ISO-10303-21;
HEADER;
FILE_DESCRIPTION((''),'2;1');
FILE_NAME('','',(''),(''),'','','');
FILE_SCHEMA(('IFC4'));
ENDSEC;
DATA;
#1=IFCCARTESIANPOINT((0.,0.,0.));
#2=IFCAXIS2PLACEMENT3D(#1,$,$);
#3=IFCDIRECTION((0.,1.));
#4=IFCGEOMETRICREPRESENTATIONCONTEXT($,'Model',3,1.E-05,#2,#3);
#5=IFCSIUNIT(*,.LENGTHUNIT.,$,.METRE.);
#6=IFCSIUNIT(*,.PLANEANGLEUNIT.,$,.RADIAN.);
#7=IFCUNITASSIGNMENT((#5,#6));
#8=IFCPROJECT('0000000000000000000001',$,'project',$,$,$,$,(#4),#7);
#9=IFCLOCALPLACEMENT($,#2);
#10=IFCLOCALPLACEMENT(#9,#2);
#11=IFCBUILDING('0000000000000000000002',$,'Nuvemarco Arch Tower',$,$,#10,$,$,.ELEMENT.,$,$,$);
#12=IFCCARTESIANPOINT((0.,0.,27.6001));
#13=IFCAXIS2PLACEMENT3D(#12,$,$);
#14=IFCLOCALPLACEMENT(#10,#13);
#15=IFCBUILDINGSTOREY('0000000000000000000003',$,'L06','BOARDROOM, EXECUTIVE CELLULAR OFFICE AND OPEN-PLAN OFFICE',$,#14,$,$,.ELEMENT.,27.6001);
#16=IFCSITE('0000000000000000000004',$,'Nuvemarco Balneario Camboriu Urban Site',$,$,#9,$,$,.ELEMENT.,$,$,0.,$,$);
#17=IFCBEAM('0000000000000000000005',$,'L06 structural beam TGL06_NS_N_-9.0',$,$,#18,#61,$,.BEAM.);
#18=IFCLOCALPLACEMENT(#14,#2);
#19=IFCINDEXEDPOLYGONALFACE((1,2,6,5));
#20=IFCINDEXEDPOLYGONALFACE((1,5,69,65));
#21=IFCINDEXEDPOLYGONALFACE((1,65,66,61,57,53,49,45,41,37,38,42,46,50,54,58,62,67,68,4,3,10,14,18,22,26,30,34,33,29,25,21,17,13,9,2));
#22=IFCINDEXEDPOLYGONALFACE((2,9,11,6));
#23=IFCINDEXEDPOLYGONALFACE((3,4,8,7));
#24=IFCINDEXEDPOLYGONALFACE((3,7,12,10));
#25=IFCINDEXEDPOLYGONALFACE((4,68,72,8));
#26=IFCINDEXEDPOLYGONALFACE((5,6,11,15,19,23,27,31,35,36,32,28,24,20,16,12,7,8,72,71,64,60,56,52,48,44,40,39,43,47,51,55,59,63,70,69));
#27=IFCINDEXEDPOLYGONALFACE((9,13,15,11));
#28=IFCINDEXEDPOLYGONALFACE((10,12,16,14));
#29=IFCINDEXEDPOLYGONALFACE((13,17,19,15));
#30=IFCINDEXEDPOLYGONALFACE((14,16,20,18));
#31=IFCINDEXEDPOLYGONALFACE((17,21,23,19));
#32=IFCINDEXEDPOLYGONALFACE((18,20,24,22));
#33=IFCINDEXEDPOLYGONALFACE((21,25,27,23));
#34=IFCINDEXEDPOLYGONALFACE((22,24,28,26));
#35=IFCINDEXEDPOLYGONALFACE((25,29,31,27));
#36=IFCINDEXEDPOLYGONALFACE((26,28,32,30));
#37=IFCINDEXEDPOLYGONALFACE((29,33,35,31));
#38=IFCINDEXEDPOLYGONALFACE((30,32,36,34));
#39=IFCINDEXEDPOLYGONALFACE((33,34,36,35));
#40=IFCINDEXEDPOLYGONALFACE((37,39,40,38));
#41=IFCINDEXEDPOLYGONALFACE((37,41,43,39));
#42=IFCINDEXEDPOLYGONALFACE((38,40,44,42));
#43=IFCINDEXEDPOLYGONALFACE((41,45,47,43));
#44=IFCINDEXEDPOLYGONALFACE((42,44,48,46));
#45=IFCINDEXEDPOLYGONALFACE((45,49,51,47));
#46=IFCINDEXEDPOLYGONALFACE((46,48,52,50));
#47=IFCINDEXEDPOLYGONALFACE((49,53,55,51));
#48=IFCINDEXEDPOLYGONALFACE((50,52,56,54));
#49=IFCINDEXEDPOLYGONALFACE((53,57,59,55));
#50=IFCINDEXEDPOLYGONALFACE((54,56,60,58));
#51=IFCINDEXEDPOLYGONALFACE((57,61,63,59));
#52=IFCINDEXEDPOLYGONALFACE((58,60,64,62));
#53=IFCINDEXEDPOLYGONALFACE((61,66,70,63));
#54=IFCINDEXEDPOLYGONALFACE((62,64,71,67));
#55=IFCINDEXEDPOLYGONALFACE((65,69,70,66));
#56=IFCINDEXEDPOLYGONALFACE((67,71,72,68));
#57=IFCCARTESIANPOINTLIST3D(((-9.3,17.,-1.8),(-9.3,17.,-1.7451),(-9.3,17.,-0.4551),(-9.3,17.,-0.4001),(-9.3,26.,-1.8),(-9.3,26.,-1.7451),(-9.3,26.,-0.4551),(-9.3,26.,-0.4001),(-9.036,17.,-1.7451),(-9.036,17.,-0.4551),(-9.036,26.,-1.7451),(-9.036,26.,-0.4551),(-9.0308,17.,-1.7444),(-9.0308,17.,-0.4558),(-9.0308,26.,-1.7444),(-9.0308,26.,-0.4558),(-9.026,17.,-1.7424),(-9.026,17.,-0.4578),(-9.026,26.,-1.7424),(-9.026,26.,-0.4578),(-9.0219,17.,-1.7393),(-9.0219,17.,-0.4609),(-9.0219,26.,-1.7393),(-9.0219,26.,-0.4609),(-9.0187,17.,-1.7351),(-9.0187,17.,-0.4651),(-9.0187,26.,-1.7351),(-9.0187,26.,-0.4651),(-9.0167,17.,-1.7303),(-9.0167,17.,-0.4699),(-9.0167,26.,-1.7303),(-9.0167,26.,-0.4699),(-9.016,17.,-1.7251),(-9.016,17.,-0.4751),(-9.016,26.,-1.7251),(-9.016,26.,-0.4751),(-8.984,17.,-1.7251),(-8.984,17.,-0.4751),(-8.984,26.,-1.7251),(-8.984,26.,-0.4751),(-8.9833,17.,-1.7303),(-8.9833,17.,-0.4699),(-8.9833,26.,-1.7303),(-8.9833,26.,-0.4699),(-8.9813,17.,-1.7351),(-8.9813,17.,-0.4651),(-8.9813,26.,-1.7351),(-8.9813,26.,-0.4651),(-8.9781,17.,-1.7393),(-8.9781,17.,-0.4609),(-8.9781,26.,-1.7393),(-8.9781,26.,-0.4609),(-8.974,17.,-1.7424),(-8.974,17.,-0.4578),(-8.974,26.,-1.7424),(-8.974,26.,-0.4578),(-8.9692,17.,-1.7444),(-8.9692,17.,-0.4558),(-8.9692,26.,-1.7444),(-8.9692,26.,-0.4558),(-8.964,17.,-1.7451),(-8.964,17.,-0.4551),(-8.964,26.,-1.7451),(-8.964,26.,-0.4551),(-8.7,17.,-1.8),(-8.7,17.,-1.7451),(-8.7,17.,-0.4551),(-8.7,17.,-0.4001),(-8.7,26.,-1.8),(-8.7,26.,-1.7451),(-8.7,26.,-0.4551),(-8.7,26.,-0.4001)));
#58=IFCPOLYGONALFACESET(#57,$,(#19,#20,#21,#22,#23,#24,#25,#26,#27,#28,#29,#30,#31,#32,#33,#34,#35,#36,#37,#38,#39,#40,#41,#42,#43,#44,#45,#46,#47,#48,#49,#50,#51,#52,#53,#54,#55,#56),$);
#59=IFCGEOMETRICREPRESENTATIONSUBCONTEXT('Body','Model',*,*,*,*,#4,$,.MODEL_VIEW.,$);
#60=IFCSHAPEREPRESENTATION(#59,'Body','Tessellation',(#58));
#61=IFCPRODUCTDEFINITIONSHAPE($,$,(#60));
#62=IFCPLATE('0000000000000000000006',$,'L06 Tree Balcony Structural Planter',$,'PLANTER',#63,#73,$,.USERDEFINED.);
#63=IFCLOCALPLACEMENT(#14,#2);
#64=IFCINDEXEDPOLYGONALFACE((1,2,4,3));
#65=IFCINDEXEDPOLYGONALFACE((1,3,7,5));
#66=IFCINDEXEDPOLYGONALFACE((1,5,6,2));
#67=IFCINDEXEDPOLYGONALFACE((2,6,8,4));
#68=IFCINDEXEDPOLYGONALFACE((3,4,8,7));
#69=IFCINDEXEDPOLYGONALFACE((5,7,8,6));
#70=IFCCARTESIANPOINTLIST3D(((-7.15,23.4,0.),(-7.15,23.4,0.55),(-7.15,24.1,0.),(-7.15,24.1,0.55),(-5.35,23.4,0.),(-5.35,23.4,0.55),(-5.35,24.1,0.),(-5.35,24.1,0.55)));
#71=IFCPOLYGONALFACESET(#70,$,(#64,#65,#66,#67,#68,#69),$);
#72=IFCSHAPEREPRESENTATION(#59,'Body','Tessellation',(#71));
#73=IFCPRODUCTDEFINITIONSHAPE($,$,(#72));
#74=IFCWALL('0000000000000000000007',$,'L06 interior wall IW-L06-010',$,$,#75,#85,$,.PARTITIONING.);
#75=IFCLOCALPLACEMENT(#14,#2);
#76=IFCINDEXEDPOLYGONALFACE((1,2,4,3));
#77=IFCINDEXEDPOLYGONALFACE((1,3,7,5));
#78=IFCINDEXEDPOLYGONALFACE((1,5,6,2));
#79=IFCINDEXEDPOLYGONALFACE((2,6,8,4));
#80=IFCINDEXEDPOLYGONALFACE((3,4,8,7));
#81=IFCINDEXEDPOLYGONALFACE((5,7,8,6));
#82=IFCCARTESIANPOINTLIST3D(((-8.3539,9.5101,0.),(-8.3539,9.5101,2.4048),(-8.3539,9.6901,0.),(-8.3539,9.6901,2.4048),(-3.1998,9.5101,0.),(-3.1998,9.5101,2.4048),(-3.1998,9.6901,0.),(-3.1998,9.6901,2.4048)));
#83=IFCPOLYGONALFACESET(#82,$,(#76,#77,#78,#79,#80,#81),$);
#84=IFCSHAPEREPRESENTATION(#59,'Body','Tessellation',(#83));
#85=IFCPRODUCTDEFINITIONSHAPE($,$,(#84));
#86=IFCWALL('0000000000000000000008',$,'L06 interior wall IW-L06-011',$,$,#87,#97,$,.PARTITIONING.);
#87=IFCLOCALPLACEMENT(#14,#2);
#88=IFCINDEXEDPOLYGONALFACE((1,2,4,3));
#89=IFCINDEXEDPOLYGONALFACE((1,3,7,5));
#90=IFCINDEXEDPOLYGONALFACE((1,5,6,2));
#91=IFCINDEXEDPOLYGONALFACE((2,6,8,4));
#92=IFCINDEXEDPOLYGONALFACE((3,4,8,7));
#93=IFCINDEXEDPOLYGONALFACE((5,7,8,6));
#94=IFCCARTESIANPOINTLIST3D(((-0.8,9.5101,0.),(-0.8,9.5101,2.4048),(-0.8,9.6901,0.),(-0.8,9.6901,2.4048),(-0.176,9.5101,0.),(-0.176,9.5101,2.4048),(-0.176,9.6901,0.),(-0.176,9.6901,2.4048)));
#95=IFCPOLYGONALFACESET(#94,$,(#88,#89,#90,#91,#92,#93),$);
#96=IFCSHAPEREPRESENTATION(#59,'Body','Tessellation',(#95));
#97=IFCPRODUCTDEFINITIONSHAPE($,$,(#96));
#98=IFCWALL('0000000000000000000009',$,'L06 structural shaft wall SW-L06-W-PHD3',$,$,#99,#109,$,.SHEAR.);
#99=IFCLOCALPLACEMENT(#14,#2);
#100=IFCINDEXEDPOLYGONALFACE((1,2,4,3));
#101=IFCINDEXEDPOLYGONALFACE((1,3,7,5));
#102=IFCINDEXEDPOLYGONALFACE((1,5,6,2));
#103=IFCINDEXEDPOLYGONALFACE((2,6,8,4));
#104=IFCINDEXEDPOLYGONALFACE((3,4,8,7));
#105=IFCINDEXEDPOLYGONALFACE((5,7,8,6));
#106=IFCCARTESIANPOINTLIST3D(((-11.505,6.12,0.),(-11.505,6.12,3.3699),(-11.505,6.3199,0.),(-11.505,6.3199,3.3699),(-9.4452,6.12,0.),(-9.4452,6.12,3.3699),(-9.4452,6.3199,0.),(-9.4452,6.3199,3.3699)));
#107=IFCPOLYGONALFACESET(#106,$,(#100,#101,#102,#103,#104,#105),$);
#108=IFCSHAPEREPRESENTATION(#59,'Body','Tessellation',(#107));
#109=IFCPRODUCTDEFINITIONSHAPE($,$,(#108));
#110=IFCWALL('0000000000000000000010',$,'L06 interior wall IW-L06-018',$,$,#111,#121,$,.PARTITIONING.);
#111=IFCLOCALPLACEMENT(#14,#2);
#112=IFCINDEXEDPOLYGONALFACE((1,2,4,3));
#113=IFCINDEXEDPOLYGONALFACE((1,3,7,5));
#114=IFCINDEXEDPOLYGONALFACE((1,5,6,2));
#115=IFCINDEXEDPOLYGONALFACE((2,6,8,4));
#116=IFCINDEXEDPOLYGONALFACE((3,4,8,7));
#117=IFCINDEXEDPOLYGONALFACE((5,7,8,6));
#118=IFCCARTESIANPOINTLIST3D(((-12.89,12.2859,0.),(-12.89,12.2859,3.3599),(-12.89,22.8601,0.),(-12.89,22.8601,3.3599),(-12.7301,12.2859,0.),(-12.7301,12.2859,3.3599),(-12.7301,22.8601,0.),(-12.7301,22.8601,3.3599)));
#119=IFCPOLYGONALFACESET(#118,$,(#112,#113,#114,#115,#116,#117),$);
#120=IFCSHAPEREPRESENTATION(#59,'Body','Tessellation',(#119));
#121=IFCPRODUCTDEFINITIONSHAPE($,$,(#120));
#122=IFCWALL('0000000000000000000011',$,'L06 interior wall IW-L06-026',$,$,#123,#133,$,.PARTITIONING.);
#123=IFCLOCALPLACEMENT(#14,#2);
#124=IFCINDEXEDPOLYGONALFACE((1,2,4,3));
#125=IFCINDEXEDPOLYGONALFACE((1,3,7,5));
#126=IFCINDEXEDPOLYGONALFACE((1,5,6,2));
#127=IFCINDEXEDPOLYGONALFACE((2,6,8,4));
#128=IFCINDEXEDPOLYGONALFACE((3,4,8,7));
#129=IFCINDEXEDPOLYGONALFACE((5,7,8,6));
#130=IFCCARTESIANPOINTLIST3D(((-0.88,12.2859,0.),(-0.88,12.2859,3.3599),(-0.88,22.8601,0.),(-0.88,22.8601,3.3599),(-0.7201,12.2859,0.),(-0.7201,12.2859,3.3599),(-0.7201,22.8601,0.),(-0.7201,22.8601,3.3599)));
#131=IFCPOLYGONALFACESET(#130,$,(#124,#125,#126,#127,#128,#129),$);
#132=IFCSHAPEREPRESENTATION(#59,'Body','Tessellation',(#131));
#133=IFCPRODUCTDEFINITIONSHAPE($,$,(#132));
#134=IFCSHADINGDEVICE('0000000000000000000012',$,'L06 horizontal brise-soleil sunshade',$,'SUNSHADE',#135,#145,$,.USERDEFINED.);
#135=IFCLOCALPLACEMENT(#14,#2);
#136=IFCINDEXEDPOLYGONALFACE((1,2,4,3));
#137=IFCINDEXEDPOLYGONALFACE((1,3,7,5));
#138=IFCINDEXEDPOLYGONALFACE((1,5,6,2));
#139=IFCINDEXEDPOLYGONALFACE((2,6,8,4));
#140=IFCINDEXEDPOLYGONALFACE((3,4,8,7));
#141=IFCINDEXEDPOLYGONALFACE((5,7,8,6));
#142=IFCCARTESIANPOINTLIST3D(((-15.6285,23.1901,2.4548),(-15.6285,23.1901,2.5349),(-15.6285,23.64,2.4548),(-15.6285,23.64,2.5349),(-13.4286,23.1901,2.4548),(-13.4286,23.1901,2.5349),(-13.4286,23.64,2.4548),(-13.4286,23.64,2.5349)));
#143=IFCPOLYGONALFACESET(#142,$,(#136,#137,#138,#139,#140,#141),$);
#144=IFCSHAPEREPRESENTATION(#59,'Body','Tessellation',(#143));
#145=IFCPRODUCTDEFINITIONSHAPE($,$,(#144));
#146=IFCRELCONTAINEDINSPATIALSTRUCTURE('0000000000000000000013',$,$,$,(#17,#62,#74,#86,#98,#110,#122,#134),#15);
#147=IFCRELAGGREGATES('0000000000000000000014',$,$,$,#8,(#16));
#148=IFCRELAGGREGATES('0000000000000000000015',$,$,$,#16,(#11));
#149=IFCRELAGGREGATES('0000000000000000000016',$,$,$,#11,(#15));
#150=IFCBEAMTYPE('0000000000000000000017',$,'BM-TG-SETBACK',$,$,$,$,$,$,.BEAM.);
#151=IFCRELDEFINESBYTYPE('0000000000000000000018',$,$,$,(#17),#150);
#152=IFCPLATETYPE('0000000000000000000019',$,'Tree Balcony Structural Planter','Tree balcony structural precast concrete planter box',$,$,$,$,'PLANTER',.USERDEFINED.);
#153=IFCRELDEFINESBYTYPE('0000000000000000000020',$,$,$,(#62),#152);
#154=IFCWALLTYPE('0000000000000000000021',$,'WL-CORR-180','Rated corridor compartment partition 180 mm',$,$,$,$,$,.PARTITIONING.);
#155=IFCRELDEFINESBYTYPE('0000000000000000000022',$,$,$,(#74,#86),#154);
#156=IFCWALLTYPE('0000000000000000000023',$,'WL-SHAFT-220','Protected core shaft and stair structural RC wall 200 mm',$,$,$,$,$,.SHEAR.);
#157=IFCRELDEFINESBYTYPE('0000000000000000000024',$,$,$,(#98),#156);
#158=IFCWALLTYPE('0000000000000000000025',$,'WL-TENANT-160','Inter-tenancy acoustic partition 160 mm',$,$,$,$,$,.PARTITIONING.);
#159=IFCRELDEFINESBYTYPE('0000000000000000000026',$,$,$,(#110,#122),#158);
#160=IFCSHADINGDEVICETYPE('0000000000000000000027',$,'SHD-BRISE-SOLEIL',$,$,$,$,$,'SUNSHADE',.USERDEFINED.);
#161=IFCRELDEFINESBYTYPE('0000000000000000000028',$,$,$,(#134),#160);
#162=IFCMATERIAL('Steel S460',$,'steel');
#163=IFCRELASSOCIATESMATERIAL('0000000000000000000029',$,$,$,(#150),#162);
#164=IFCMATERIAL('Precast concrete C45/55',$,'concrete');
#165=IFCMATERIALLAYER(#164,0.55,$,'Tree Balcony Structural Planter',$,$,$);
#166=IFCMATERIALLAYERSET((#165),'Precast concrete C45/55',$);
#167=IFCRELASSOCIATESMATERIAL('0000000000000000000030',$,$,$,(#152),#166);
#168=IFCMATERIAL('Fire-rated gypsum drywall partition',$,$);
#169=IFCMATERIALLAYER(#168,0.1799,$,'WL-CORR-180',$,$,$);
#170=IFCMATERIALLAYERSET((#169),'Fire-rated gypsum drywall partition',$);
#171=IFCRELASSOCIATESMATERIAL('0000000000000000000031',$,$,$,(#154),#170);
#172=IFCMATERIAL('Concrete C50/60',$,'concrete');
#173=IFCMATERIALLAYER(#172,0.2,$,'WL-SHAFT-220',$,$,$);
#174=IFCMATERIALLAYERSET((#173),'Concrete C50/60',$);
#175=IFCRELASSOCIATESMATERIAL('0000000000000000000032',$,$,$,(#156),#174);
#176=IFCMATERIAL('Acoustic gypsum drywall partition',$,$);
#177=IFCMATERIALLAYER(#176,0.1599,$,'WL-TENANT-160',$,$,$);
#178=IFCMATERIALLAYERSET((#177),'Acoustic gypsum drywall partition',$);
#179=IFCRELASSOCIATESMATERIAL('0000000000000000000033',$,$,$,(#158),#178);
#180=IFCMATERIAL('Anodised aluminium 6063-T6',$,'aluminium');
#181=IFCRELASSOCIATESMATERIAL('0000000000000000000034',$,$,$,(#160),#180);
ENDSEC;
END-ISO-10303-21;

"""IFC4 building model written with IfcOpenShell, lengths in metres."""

from ifc_helpers import new_model, si_unit, direction, frame, frame_2d, origin, origin_2d, place, context, subcontext, project, spatial, rectangle, i_section, extrude, source, transform, mapped, material, layer, layer_set, material_profile, profile_set, type_object, type_shapes, element, save


model = new_model("IFC4")

# Units and contexts
model_context = context("Model", 3, precision=1e-05, world=origin(), true_north=direction((0.0, 1.0)))
body_context = subcontext(model_context, "Body", "Model", "MODEL_VIEW")
ifc_project = project(units=[si_unit("LENGTHUNIT", "METRE"), si_unit("PLANEANGLEUNIT", "RADIAN")], contexts=[model_context])

# Site, building, storey
site_placement = place(None, origin())
site = spatial("IfcSite", under=ifc_project, at=site_placement, Name="Nuvemarco Balneario Camboriu Urban Site", CompositionType="ELEMENT", RefElevation=0.0)
building_placement = place(site_placement, origin())
building = spatial("IfcBuilding", under=site, at=building_placement, Name="Nuvemarco Arch Tower", CompositionType="ELEMENT")
storey_placement = place(building_placement, frame((0.0, 0.0, 27.6001)))
storey = spatial("IfcBuildingStorey", under=building, at=storey_placement, Name="L06", Description="BOARDROOM, EXECUTIVE CELLULAR OFFICE AND OPEN-PLAN OFFICE", CompositionType="ELEMENT", Elevation=27.6001)

# Shared definitions
ifc_material_1 = material(Name="Steel S460", Category="steel")

# Beam
ifc_material_2 = material(Name="Precast concrete C45/55", Category="concrete")
ifc_material_profile_1 = material_profile(ifc_material_1, i_section(OverallWidth=0.6001, OverallDepth=1.3999, WebThickness=0.032, FlangeThickness=0.0549, FilletRadius=0.02, at=origin_2d()), Name="PG1400x600")
ifc_profile_set_1 = profile_set([ifc_material_profile_1], Name="Steel S460")
beam_type_1 = type_object("IfcBeamType", Name="BM-TG-SETBACK", PredefinedType="BEAM", material=ifc_profile_set_1)
beam_1_placement = place(storey_placement, frame((-9.0, 17.0, -1.1001), z_axis=(0.0, 1.0, 0.0), x_axis=(-1.0, 0.0, 0.0)))
element("IfcBeam", 1, at=beam_1_placement, inside=storey, type_object=beam_type_1, Name="L06 structural beam TGL06_NS_N_-9.0", PredefinedType="BEAM", context=body_context, shape_type="SweptSolid", body=[
    extrude(i_section(OverallWidth=0.6001, OverallDepth=1.3999, WebThickness=0.032, FlangeThickness=0.0549, FilletRadius=0.02, at=origin_2d()), origin(), (0.0, 0.0, 1.0), 9.0),
])

# Plate
ifc_layer_1 = layer(ifc_material_2, 0.55, Name="Tree Balcony Structural Planter")
ifc_layer_set_1 = layer_set([ifc_layer_1], Name="Precast concrete C45/55")
plate_type = type_object("IfcPlateType", Name="Tree Balcony Structural Planter", Description="Tree balcony structural precast concrete planter box", ElementType="PLANTER", PredefinedType="USERDEFINED", material=ifc_layer_set_1)
shared_shape_1 = source(origin(), body_context, "Body", "SweptSolid", [
    extrude(rectangle(XDim=1.8, YDim=0.7, at=origin_2d()), origin(), (0.0, 0.0, 1.0), 0.55),
])
type_shapes(plate_type, [shared_shape_1])
plate_placement = place(storey_placement, frame((-6.25, 23.75, 0.0), z_axis=(0.0, 0.0, 1.0), x_axis=(1.0, 0.0, 0.0)))
element("IfcPlate", 2, at=plate_placement, inside=storey, type_object=plate_type, Name="L06 Tree Balcony Structural Planter", ObjectType="PLANTER", PredefinedType="USERDEFINED", context=body_context, shape_type="MappedRepresentation", body=[
    mapped(shared_shape_1, transform((0.0, 0.0, 0.0), scale=1.0)),
])

# Walls
ifc_material_3 = material(Name="Fire-rated gypsum drywall partition")
ifc_layer_2 = layer(ifc_material_3, 0.1799, Name="WL-CORR-180")
ifc_layer_set_2 = layer_set([ifc_layer_2], Name="Fire-rated gypsum drywall partition")
wall_type_1 = type_object("IfcWallType", Name="WL-CORR-180", Description="Rated corridor compartment partition 180 mm", PredefinedType="PARTITIONING", material=ifc_layer_set_2)
wall_1_placement = place(storey_placement, frame((-8.354, 9.6001, 0.0), z_axis=(0.0, 0.0, 1.0), x_axis=(1.0, 0.0, 0.0)))
element("IfcWall", 3, at=wall_1_placement, inside=storey, type_object=wall_type_1, Name="L06 interior wall IW-L06-010", PredefinedType="PARTITIONING", context=body_context, shape_type="SweptSolid", body=[
    extrude(rectangle(XDim=5.1541, YDim=0.1799, at=frame_2d((2.5771, 0.0))), origin(), (0.0, 0.0, 1.0), 2.4048),
])
wall_2_placement = place(storey_placement, frame((-0.8, 9.6001, 0.0), z_axis=(0.0, 0.0, 1.0), x_axis=(1.0, 0.0, 0.0)))
element("IfcWall", 4, at=wall_2_placement, inside=storey, type_object=wall_type_1, Name="L06 interior wall IW-L06-011", PredefinedType="PARTITIONING", context=body_context, shape_type="SweptSolid", body=[
    extrude(rectangle(XDim=0.624, YDim=0.1799, at=frame_2d((0.312, 0.0))), origin(), (0.0, 0.0, 1.0), 2.4048),
])
ifc_material_4 = material(Name="Concrete C50/60", Category="concrete")
ifc_layer_3 = layer(ifc_material_4, 0.2, Name="WL-SHAFT-220")
ifc_layer_set_3 = layer_set([ifc_layer_3], Name="Concrete C50/60")
wall_type_2 = type_object("IfcWallType", Name="WL-SHAFT-220", Description="Protected core shaft and stair structural RC wall 200 mm", PredefinedType="SHEAR", material=ifc_layer_set_3)
wall_3_placement = place(storey_placement, frame((-11.5049, 6.22, 0.0), z_axis=(0.0, 0.0, 1.0), x_axis=(1.0, 0.0, 0.0)))
element("IfcWall", 5, at=wall_3_placement, inside=storey, type_object=wall_type_2, Name="L06 structural shaft wall SW-L06-W-PHD3", PredefinedType="SHEAR", context=body_context, shape_type="SweptSolid", body=[
    extrude(rectangle(XDim=2.0598, YDim=0.2, at=frame_2d((1.0298, 0.0))), origin(), (0.0, 0.0, 1.0), 3.3699),
])
ifc_material_5 = material(Name="Acoustic gypsum drywall partition")
ifc_layer_4 = layer(ifc_material_5, 0.1599, Name="WL-TENANT-160")
ifc_layer_set_4 = layer_set([ifc_layer_4], Name="Acoustic gypsum drywall partition")
wall_type_3 = type_object("IfcWallType", Name="WL-TENANT-160", Description="Inter-tenancy acoustic partition 160 mm", PredefinedType="PARTITIONING", material=ifc_layer_set_4)
for number, where, z_axis, x_axis, name in (
    (6, (-12.8101, 12.2859, 0.0), (0.0, 0.0, 1.0), (0.0, 1.0, 0.0), "L06 interior wall IW-L06-018"),
    (7, (-0.8, 12.2859, 0.0), (0.0, 0.0, 1.0), (0.0, 1.0, 0.0), "L06 interior wall IW-L06-026"),
):
    element("IfcWall", number, at=place(storey_placement, frame(where, z_axis=z_axis, x_axis=x_axis)), inside=storey, type_object=wall_type_3, Name=name, PredefinedType="PARTITIONING", context=body_context, shape_type="SweptSolid", body=[
        extrude(rectangle(XDim=10.5742, YDim=0.1599, at=frame_2d((5.2871, 0.0))), origin(), (0.0, 0.0, 1.0), 3.3599),
    ])

# Shading device
ifc_material_6 = material(Name="Anodised aluminium 6063-T6", Category="aluminium")
shading_device_type = type_object("IfcShadingDeviceType", Name="SHD-BRISE-SOLEIL", ElementType="SUNSHADE", PredefinedType="USERDEFINED", material=ifc_material_6)
shared_shape_2 = source(origin(), body_context, "Body", "SweptSolid", [
    extrude(rectangle(XDim=2.2, YDim=0.45, at=origin_2d()), origin(), (0.0, 0.0, 1.0), 0.0801),
])
type_shapes(shading_device_type, [shared_shape_2])
shading_device_placement = place(storey_placement, frame((-14.5286, 23.415, 2.4548), z_axis=(0.0, 0.0, 1.0), x_axis=(1.0, 0.0, 0.0)))
element("IfcShadingDevice", 8, at=shading_device_placement, inside=storey, type_object=shading_device_type, Name="L06 horizontal brise-soleil sunshade", ObjectType="SUNSHADE", PredefinedType="USERDEFINED", context=body_context, shape_type="MappedRepresentation", body=[
    mapped(shared_shape_2, transform((0.0, 0.0, 0.0), scale=1.0)),
])

save(model, "model.ifc")
